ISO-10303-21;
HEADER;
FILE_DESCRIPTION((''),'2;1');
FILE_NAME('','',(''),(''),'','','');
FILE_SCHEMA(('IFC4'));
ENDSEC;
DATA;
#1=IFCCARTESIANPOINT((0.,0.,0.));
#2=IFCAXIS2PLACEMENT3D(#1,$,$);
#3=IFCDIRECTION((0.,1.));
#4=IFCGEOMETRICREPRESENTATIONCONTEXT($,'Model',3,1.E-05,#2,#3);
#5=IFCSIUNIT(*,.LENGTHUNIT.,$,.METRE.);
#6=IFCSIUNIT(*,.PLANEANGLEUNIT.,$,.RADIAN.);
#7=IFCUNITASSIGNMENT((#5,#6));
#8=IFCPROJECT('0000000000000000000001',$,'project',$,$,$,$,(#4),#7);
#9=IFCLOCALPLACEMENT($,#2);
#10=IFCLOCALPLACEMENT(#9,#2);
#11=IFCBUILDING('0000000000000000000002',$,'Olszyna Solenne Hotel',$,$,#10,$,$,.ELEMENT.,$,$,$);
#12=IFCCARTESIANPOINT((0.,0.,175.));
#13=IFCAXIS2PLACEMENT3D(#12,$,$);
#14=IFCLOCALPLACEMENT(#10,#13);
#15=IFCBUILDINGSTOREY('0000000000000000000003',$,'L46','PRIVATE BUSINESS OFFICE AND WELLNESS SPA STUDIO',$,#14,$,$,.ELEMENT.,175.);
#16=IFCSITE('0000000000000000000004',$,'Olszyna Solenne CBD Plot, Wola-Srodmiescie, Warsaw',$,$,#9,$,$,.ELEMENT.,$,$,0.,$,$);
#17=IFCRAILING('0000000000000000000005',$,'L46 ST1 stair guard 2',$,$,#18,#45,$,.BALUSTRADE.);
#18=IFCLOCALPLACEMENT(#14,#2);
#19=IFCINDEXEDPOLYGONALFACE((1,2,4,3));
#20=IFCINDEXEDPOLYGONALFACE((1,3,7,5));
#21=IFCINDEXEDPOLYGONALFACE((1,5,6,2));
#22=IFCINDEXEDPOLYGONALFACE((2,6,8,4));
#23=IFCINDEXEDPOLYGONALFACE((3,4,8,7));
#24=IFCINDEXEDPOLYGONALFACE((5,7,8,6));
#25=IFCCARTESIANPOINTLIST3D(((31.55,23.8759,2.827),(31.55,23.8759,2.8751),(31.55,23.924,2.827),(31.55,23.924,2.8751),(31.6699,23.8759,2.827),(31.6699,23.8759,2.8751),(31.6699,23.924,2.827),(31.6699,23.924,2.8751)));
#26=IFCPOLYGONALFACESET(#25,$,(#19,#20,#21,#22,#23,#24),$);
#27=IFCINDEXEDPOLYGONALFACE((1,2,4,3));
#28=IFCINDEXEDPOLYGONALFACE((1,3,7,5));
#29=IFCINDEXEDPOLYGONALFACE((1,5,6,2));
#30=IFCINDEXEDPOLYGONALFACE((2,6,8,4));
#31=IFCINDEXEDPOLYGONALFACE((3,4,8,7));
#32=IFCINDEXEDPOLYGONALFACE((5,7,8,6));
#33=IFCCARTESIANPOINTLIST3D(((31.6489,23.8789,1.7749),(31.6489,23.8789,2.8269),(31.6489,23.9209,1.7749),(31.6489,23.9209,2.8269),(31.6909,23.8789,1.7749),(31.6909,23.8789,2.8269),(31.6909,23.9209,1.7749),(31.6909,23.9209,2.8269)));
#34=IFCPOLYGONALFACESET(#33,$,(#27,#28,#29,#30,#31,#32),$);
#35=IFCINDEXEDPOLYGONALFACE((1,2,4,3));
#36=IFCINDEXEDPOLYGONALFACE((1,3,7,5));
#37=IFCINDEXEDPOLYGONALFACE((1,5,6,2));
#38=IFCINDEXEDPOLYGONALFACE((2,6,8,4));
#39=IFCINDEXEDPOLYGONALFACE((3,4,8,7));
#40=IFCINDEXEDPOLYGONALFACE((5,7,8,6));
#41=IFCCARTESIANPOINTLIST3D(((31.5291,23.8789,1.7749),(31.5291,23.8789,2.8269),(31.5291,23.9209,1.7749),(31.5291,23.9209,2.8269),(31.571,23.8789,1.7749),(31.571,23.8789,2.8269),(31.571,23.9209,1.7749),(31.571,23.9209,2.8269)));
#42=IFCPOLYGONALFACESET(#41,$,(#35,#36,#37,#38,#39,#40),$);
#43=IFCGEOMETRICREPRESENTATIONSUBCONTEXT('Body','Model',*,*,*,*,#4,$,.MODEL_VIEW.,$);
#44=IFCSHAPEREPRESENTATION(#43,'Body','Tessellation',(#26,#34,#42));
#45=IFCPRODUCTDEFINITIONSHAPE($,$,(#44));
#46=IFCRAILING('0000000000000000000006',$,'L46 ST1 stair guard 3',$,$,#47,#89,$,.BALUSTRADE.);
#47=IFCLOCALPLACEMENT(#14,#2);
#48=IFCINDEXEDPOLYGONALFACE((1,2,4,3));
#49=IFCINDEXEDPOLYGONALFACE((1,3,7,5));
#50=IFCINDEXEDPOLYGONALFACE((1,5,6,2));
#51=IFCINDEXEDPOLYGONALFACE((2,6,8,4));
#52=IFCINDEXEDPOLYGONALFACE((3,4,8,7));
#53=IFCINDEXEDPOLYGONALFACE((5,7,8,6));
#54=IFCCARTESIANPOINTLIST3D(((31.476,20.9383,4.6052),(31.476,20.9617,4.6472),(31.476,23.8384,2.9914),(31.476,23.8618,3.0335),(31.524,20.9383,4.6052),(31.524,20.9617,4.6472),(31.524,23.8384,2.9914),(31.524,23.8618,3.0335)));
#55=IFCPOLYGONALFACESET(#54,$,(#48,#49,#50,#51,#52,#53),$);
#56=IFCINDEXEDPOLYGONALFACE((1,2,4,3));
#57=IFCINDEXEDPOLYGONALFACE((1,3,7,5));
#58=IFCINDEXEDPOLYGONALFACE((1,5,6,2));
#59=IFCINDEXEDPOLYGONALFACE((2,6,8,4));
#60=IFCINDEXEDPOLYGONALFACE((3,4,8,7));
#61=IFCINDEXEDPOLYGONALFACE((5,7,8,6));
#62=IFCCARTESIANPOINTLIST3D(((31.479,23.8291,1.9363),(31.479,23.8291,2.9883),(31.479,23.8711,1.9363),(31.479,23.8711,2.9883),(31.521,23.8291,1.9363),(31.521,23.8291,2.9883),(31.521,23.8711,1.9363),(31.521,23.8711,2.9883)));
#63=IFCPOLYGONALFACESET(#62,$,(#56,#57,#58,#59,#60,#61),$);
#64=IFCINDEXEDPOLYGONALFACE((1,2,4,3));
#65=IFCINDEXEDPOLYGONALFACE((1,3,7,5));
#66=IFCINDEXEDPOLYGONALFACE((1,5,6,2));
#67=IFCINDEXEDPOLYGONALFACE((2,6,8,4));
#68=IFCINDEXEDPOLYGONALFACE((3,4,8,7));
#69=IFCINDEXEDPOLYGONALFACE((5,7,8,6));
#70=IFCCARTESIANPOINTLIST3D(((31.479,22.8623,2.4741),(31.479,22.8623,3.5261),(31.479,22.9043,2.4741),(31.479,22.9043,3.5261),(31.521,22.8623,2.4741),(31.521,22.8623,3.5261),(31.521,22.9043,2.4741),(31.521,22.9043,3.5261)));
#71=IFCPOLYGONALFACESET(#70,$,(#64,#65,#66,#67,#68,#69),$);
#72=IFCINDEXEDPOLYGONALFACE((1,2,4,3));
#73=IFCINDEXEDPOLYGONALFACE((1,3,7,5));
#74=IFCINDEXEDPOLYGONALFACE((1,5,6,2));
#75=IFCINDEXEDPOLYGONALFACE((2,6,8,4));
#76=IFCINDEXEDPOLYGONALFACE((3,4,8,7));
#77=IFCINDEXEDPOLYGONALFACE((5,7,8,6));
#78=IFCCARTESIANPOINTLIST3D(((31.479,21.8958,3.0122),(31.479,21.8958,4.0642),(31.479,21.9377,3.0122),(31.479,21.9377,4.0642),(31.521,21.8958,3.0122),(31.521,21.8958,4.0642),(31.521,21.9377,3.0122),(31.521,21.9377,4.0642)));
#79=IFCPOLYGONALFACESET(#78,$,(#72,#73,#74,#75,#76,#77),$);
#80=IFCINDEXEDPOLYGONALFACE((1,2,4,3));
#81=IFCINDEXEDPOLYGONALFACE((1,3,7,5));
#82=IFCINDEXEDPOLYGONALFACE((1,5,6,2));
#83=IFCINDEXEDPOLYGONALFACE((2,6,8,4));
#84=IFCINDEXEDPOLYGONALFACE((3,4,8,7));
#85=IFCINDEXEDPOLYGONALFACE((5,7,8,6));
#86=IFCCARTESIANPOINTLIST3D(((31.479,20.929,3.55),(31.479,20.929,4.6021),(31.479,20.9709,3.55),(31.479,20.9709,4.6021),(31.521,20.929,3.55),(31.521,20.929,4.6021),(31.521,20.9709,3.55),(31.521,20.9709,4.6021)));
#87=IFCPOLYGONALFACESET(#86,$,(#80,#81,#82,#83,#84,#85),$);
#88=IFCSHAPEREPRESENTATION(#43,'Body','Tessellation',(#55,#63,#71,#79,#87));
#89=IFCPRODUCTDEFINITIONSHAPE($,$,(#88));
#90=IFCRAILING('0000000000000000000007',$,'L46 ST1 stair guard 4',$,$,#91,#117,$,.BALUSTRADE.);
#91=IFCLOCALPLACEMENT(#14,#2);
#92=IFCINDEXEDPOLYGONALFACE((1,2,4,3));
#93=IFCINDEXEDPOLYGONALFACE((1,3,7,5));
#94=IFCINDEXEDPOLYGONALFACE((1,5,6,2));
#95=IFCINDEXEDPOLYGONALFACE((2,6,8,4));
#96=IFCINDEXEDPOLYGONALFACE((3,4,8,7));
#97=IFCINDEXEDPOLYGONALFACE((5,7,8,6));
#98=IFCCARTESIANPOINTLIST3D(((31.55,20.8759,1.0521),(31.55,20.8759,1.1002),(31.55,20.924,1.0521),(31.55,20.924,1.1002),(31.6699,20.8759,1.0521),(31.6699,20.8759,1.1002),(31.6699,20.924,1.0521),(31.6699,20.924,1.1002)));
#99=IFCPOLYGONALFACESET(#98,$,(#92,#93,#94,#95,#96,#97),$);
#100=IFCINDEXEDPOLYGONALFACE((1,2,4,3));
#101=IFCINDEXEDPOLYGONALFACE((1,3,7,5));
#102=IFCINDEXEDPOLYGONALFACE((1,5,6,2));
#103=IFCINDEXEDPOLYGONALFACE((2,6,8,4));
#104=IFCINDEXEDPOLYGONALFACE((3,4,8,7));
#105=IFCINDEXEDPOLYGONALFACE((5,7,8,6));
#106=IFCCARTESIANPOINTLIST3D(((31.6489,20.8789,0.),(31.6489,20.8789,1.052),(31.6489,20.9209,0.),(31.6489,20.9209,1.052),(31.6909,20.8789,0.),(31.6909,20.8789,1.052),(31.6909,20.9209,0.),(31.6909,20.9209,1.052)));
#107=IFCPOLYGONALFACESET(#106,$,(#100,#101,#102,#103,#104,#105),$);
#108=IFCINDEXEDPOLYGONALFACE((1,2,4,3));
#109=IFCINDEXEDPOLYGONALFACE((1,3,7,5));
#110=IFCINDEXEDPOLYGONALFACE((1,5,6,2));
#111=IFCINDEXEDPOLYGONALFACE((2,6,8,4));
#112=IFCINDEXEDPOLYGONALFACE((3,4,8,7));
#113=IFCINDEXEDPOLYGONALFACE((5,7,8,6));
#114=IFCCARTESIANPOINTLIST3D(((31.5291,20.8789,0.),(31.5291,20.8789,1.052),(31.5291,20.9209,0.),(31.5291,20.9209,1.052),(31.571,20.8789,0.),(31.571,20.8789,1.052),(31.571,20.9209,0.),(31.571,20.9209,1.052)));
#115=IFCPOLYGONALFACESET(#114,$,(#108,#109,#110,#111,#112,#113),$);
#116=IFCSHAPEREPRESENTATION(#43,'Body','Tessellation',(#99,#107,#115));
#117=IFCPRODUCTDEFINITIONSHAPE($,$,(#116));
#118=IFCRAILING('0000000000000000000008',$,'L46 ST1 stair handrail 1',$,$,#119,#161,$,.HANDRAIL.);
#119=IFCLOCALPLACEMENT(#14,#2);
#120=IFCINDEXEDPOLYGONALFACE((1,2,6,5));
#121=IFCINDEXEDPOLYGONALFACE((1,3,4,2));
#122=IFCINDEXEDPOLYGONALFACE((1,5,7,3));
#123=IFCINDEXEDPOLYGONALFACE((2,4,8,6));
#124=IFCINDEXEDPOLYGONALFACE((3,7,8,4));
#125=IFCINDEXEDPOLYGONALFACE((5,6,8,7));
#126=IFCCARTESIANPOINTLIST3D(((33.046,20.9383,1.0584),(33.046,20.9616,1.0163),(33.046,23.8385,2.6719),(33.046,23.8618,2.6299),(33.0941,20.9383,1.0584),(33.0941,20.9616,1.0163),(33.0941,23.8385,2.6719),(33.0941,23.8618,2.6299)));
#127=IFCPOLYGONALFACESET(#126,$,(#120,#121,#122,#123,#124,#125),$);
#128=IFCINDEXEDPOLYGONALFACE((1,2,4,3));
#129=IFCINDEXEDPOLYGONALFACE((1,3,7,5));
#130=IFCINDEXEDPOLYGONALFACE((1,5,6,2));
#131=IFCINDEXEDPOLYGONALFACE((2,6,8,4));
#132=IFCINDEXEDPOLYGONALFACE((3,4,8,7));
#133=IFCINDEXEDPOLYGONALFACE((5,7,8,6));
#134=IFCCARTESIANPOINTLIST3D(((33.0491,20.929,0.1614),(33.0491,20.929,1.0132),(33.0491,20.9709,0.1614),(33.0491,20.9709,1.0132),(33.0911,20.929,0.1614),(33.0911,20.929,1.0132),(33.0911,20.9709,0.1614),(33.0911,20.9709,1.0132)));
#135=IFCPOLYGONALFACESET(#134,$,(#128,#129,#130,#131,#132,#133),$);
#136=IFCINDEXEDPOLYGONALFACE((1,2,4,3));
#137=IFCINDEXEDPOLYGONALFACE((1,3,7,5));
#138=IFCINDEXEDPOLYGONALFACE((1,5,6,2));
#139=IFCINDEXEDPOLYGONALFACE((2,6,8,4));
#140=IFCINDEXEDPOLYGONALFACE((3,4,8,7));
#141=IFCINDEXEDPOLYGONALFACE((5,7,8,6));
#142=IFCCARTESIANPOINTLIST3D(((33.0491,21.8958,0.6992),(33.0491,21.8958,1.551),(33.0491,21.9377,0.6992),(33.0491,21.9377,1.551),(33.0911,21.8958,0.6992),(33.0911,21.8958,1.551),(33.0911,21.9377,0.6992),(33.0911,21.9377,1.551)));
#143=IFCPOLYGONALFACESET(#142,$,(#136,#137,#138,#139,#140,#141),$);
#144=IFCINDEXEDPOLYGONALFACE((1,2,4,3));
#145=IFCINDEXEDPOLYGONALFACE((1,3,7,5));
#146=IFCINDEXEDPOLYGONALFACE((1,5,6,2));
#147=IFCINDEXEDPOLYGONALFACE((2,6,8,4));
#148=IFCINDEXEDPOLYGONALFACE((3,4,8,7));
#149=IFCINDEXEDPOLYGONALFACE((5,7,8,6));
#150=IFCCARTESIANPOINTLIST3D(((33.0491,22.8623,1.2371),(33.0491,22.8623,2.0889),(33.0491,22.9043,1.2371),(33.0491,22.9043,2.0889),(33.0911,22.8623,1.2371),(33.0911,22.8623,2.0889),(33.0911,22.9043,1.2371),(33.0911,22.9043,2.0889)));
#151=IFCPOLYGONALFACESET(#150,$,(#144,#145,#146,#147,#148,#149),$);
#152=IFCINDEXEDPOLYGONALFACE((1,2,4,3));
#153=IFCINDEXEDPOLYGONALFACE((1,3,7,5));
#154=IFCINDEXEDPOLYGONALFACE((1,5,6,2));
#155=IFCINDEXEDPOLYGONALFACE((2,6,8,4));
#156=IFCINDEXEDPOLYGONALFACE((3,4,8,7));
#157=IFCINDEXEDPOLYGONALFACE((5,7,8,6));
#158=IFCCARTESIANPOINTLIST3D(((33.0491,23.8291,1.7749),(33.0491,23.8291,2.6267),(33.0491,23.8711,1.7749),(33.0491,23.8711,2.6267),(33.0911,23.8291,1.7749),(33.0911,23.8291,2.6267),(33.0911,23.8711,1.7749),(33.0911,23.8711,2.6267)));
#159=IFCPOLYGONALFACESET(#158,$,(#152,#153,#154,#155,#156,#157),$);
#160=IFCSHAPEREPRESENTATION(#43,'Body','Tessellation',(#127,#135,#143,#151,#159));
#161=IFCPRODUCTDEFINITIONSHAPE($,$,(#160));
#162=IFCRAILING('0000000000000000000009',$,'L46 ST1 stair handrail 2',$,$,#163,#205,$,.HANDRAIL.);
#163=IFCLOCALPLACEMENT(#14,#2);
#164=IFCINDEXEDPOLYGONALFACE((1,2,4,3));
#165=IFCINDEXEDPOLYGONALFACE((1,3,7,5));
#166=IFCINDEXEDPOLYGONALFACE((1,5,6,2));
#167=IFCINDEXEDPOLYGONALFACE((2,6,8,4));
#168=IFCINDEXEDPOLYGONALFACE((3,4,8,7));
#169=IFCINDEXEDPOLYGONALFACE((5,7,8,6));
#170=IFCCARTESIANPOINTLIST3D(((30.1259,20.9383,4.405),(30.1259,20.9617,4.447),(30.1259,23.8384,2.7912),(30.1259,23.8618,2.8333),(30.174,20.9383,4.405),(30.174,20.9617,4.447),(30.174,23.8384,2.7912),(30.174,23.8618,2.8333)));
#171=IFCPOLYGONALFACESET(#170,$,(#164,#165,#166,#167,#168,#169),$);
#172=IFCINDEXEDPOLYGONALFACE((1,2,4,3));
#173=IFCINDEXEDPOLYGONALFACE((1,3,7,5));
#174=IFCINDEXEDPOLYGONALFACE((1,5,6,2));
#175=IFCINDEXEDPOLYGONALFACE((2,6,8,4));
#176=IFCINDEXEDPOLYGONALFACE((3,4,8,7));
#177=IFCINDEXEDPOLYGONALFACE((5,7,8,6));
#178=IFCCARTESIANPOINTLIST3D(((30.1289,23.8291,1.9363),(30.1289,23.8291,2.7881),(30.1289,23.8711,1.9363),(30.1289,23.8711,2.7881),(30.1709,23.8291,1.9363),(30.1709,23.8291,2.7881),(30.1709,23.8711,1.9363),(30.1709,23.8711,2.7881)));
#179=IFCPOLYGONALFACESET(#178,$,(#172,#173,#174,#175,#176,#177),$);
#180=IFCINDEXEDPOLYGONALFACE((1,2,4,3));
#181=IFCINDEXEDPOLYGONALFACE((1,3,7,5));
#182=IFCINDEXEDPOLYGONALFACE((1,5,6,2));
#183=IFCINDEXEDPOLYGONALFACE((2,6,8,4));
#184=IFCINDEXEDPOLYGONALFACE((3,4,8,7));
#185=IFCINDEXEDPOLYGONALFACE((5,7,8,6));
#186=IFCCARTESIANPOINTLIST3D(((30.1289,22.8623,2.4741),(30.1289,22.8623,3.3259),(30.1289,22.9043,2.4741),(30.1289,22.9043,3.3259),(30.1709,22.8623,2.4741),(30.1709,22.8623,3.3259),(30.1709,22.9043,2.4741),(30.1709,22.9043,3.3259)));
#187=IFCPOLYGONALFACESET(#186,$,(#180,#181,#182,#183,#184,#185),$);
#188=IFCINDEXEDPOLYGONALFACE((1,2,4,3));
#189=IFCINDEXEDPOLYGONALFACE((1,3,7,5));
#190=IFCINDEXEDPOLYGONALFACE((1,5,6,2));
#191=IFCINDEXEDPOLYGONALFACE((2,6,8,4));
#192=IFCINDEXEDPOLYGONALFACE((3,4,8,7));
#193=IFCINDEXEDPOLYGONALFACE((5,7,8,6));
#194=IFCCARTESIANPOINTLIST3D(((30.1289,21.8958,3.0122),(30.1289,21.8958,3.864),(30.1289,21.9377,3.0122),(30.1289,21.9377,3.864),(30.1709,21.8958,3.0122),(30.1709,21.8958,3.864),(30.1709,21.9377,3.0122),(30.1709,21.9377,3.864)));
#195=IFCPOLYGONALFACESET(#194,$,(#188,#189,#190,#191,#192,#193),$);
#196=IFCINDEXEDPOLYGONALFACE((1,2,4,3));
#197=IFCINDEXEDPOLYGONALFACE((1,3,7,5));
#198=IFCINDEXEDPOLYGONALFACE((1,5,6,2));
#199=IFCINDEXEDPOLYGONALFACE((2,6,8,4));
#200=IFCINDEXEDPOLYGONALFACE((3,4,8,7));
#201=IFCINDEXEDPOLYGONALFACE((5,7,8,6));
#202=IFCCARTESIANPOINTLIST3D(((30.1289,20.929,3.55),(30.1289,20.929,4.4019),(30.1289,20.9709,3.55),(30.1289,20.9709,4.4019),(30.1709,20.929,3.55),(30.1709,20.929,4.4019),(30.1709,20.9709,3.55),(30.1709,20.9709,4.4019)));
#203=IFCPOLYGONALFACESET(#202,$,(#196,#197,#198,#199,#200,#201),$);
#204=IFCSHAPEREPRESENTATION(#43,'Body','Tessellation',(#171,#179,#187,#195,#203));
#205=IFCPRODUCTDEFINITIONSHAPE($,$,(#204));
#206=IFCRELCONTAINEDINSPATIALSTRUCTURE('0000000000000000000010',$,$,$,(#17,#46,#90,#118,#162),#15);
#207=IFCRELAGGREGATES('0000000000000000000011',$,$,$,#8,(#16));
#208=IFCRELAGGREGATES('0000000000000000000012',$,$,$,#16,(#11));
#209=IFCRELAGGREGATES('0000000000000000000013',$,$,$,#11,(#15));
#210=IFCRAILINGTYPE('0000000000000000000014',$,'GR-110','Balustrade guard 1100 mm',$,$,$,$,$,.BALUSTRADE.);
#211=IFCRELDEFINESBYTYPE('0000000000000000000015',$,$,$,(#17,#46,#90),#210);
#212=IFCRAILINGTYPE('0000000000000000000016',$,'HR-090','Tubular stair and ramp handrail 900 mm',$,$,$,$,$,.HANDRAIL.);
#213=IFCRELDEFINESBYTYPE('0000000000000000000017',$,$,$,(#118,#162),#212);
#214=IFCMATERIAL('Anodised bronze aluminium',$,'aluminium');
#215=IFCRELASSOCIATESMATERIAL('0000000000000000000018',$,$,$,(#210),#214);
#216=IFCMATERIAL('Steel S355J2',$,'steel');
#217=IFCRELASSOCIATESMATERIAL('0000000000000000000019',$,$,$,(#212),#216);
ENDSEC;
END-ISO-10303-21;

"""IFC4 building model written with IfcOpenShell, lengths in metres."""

from ifc_helpers import new_model, si_unit, direction, frame, origin, origin_2d, place, context, subcontext, project, spatial, rectangle, extrude, material, type_object, element, save


model = new_model("IFC4")

# Units and contexts
model_context = context("Model", 3, precision=1e-05, world=origin(), true_north=direction((0.0, 1.0)))
body_context = subcontext(model_context, "Body", "Model", "MODEL_VIEW")
ifc_project = project(units=[si_unit("LENGTHUNIT", "METRE"), si_unit("PLANEANGLEUNIT", "RADIAN")], contexts=[model_context])

# Site, building, storey
site_placement = place(None, origin())
site = spatial("IfcSite", under=ifc_project, at=site_placement, Name="Olszyna Solenne CBD Plot, Wola-Srodmiescie, Warsaw", CompositionType="ELEMENT", RefElevation=0.0)
building_placement = place(site_placement, origin())
building = spatial("IfcBuilding", under=site, at=building_placement, Name="Olszyna Solenne Hotel", CompositionType="ELEMENT")
storey_placement = place(building_placement, frame((0.0, 0.0, 175.0)))
storey = spatial("IfcBuildingStorey", under=building, at=storey_placement, Name="L46", Description="PRIVATE BUSINESS OFFICE AND WELLNESS SPA STUDIO", CompositionType="ELEMENT", Elevation=175.0)

# Shared definitions
ifc_material_1 = material(Name="Steel S355J2", Category="steel")

# Railings
ifc_material_2 = material(Name="Anodised bronze aluminium", Category="aluminium")
railing_type_1 = type_object("IfcRailingType", Name="GR-110", Description="Balustrade guard 1100 mm", PredefinedType="BALUSTRADE", material=ifc_material_2)
railing_1_placement = place(storey_placement, frame((31.6699, 23.8999, 1.7749)))
element("IfcRailing", 1, at=railing_1_placement, inside=storey, type_object=railing_type_1, Name="L46 ST1 stair guard 2", PredefinedType="BALUSTRADE", context=body_context, shape_type="SweptSolid", body=[
    extrude(rectangle(XDim=0.0481, YDim=0.0481, at=origin_2d()), frame((0.0, 0.0, 1.0762), z_axis=(-1.0, 0.0, 0.0), x_axis=(0.0, -1.0, 0.0)), (0.0, 0.0, 1.0), 0.1199),
    extrude(rectangle(XDim=0.042, YDim=0.042, at=origin_2d()), origin(), (0.0, 0.0, 1.0), 1.052),
    extrude(rectangle(XDim=0.042, YDim=0.042, at=origin_2d()), frame((-0.1199, 0.0, 0.0)), (0.0, 0.0, 1.0), 1.052),
])
railing_2_placement = place(storey_placement, frame((31.5, 23.8501, 1.9363)))
element("IfcRailing", 2, at=railing_2_placement, inside=storey, type_object=railing_type_1, Name="L46 ST1 stair guard 3", PredefinedType="BALUSTRADE", context=body_context, shape_type="SweptSolid", body=[
    extrude(rectangle(XDim=0.0481, YDim=0.0481, at=origin_2d()), frame((0.0, 0.0, 1.0762), z_axis=(0.0, -0.873827, 0.486236), x_axis=(1.0, 0.0, 0.0)), (0.0, 0.0, 1.0), 3.3188),
    extrude(rectangle(XDim=0.042, YDim=0.042, at=origin_2d()), origin(), (0.0, 0.0, 1.0), 1.052),
    extrude(rectangle(XDim=0.042, YDim=0.042, at=origin_2d()), frame((0.0, -0.9668, 0.5378)), (0.0, 0.0, 1.0), 1.052),
    extrude(rectangle(XDim=0.042, YDim=0.042, at=origin_2d()), frame((0.0, -1.9333, 1.0759)), (0.0, 0.0, 1.0), 1.052),
    extrude(rectangle(XDim=0.042, YDim=0.042, at=origin_2d()), frame((0.0, -2.9001, 1.6138)), (0.0, 0.0, 1.0), 1.052),
])
railing_3_placement = place(storey_placement, frame((31.6699, 20.8999, 0.0)))
element("IfcRailing", 3, at=railing_3_placement, inside=storey, type_object=railing_type_1, Name="L46 ST1 stair guard 4", PredefinedType="BALUSTRADE", context=body_context, shape_type="SweptSolid", body=[
    extrude(rectangle(XDim=0.0481, YDim=0.0481, at=origin_2d()), frame((0.0, 0.0, 1.0762), z_axis=(-1.0, 0.0, 0.0), x_axis=(0.0, -1.0, 0.0)), (0.0, 0.0, 1.0), 0.1199),
    extrude(rectangle(XDim=0.042, YDim=0.042, at=origin_2d()), origin(), (0.0, 0.0, 1.0), 1.052),
    extrude(rectangle(XDim=0.042, YDim=0.042, at=origin_2d()), frame((-0.1199, 0.0, 0.0)), (0.0, 0.0, 1.0), 1.052),
])
railing_type_2 = type_object("IfcRailingType", Name="HR-090", Description="Tubular stair and ramp handrail 900 mm", PredefinedType="HANDRAIL", material=ifc_material_1)
railing_4_placement = place(storey_placement, frame((33.0701, 20.95, 0.1614)))
element("IfcRailing", 4, at=railing_4_placement, inside=storey, type_object=railing_type_2, Name="L46 ST1 stair handrail 1", PredefinedType="HANDRAIL", context=body_context, shape_type="SweptSolid", body=[
    extrude(rectangle(XDim=0.0481, YDim=0.0481, at=origin_2d()), frame((0.0, 0.0, 0.876), z_axis=(0.0, 0.873859, 0.48618), x_axis=(-1.0, 0.0, 0.0)), (0.0, 0.0, 1.0), 3.3188),
    extrude(rectangle(XDim=0.042, YDim=0.042, at=origin_2d()), origin(), (0.0, 0.0, 1.0), 0.8518),
    extrude(rectangle(XDim=0.042, YDim=0.042, at=origin_2d()), frame((0.0, 0.9668, 0.5378)), (0.0, 0.0, 1.0), 0.8518),
    extrude(rectangle(XDim=0.042, YDim=0.042, at=origin_2d()), frame((0.0, 1.9333, 1.0757)), (0.0, 0.0, 1.0), 0.8518),
    extrude(rectangle(XDim=0.042, YDim=0.042, at=origin_2d()), frame((0.0, 2.9001, 1.6135)), (0.0, 0.0, 1.0), 0.8518),
])
railing_5_placement = place(storey_placement, frame((30.1499, 23.8501, 1.9363)))
element("IfcRailing", 5, at=railing_5_placement, inside=storey, type_object=railing_type_2, Name="L46 ST1 stair handrail 2", PredefinedType="HANDRAIL", context=body_context, shape_type="SweptSolid", body=[
    extrude(rectangle(XDim=0.0481, YDim=0.0481, at=origin_2d()), frame((0.0, 0.0, 0.876), z_axis=(0.0, -0.873827, 0.486236), x_axis=(1.0, 0.0, 0.0)), (0.0, 0.0, 1.0), 3.3188),
    extrude(rectangle(XDim=0.042, YDim=0.042, at=origin_2d()), origin(), (0.0, 0.0, 1.0), 0.8518),
    extrude(rectangle(XDim=0.042, YDim=0.042, at=origin_2d()), frame((0.0, -0.9668, 0.5378)), (0.0, 0.0, 1.0), 0.8518),
    extrude(rectangle(XDim=0.042, YDim=0.042, at=origin_2d()), frame((0.0, -1.9333, 1.0759)), (0.0, 0.0, 1.0), 0.8518),
    extrude(rectangle(XDim=0.042, YDim=0.042, at=origin_2d()), frame((0.0, -2.9001, 1.6138)), (0.0, 0.0, 1.0), 0.8518),
])

save(model, "model.ifc")
